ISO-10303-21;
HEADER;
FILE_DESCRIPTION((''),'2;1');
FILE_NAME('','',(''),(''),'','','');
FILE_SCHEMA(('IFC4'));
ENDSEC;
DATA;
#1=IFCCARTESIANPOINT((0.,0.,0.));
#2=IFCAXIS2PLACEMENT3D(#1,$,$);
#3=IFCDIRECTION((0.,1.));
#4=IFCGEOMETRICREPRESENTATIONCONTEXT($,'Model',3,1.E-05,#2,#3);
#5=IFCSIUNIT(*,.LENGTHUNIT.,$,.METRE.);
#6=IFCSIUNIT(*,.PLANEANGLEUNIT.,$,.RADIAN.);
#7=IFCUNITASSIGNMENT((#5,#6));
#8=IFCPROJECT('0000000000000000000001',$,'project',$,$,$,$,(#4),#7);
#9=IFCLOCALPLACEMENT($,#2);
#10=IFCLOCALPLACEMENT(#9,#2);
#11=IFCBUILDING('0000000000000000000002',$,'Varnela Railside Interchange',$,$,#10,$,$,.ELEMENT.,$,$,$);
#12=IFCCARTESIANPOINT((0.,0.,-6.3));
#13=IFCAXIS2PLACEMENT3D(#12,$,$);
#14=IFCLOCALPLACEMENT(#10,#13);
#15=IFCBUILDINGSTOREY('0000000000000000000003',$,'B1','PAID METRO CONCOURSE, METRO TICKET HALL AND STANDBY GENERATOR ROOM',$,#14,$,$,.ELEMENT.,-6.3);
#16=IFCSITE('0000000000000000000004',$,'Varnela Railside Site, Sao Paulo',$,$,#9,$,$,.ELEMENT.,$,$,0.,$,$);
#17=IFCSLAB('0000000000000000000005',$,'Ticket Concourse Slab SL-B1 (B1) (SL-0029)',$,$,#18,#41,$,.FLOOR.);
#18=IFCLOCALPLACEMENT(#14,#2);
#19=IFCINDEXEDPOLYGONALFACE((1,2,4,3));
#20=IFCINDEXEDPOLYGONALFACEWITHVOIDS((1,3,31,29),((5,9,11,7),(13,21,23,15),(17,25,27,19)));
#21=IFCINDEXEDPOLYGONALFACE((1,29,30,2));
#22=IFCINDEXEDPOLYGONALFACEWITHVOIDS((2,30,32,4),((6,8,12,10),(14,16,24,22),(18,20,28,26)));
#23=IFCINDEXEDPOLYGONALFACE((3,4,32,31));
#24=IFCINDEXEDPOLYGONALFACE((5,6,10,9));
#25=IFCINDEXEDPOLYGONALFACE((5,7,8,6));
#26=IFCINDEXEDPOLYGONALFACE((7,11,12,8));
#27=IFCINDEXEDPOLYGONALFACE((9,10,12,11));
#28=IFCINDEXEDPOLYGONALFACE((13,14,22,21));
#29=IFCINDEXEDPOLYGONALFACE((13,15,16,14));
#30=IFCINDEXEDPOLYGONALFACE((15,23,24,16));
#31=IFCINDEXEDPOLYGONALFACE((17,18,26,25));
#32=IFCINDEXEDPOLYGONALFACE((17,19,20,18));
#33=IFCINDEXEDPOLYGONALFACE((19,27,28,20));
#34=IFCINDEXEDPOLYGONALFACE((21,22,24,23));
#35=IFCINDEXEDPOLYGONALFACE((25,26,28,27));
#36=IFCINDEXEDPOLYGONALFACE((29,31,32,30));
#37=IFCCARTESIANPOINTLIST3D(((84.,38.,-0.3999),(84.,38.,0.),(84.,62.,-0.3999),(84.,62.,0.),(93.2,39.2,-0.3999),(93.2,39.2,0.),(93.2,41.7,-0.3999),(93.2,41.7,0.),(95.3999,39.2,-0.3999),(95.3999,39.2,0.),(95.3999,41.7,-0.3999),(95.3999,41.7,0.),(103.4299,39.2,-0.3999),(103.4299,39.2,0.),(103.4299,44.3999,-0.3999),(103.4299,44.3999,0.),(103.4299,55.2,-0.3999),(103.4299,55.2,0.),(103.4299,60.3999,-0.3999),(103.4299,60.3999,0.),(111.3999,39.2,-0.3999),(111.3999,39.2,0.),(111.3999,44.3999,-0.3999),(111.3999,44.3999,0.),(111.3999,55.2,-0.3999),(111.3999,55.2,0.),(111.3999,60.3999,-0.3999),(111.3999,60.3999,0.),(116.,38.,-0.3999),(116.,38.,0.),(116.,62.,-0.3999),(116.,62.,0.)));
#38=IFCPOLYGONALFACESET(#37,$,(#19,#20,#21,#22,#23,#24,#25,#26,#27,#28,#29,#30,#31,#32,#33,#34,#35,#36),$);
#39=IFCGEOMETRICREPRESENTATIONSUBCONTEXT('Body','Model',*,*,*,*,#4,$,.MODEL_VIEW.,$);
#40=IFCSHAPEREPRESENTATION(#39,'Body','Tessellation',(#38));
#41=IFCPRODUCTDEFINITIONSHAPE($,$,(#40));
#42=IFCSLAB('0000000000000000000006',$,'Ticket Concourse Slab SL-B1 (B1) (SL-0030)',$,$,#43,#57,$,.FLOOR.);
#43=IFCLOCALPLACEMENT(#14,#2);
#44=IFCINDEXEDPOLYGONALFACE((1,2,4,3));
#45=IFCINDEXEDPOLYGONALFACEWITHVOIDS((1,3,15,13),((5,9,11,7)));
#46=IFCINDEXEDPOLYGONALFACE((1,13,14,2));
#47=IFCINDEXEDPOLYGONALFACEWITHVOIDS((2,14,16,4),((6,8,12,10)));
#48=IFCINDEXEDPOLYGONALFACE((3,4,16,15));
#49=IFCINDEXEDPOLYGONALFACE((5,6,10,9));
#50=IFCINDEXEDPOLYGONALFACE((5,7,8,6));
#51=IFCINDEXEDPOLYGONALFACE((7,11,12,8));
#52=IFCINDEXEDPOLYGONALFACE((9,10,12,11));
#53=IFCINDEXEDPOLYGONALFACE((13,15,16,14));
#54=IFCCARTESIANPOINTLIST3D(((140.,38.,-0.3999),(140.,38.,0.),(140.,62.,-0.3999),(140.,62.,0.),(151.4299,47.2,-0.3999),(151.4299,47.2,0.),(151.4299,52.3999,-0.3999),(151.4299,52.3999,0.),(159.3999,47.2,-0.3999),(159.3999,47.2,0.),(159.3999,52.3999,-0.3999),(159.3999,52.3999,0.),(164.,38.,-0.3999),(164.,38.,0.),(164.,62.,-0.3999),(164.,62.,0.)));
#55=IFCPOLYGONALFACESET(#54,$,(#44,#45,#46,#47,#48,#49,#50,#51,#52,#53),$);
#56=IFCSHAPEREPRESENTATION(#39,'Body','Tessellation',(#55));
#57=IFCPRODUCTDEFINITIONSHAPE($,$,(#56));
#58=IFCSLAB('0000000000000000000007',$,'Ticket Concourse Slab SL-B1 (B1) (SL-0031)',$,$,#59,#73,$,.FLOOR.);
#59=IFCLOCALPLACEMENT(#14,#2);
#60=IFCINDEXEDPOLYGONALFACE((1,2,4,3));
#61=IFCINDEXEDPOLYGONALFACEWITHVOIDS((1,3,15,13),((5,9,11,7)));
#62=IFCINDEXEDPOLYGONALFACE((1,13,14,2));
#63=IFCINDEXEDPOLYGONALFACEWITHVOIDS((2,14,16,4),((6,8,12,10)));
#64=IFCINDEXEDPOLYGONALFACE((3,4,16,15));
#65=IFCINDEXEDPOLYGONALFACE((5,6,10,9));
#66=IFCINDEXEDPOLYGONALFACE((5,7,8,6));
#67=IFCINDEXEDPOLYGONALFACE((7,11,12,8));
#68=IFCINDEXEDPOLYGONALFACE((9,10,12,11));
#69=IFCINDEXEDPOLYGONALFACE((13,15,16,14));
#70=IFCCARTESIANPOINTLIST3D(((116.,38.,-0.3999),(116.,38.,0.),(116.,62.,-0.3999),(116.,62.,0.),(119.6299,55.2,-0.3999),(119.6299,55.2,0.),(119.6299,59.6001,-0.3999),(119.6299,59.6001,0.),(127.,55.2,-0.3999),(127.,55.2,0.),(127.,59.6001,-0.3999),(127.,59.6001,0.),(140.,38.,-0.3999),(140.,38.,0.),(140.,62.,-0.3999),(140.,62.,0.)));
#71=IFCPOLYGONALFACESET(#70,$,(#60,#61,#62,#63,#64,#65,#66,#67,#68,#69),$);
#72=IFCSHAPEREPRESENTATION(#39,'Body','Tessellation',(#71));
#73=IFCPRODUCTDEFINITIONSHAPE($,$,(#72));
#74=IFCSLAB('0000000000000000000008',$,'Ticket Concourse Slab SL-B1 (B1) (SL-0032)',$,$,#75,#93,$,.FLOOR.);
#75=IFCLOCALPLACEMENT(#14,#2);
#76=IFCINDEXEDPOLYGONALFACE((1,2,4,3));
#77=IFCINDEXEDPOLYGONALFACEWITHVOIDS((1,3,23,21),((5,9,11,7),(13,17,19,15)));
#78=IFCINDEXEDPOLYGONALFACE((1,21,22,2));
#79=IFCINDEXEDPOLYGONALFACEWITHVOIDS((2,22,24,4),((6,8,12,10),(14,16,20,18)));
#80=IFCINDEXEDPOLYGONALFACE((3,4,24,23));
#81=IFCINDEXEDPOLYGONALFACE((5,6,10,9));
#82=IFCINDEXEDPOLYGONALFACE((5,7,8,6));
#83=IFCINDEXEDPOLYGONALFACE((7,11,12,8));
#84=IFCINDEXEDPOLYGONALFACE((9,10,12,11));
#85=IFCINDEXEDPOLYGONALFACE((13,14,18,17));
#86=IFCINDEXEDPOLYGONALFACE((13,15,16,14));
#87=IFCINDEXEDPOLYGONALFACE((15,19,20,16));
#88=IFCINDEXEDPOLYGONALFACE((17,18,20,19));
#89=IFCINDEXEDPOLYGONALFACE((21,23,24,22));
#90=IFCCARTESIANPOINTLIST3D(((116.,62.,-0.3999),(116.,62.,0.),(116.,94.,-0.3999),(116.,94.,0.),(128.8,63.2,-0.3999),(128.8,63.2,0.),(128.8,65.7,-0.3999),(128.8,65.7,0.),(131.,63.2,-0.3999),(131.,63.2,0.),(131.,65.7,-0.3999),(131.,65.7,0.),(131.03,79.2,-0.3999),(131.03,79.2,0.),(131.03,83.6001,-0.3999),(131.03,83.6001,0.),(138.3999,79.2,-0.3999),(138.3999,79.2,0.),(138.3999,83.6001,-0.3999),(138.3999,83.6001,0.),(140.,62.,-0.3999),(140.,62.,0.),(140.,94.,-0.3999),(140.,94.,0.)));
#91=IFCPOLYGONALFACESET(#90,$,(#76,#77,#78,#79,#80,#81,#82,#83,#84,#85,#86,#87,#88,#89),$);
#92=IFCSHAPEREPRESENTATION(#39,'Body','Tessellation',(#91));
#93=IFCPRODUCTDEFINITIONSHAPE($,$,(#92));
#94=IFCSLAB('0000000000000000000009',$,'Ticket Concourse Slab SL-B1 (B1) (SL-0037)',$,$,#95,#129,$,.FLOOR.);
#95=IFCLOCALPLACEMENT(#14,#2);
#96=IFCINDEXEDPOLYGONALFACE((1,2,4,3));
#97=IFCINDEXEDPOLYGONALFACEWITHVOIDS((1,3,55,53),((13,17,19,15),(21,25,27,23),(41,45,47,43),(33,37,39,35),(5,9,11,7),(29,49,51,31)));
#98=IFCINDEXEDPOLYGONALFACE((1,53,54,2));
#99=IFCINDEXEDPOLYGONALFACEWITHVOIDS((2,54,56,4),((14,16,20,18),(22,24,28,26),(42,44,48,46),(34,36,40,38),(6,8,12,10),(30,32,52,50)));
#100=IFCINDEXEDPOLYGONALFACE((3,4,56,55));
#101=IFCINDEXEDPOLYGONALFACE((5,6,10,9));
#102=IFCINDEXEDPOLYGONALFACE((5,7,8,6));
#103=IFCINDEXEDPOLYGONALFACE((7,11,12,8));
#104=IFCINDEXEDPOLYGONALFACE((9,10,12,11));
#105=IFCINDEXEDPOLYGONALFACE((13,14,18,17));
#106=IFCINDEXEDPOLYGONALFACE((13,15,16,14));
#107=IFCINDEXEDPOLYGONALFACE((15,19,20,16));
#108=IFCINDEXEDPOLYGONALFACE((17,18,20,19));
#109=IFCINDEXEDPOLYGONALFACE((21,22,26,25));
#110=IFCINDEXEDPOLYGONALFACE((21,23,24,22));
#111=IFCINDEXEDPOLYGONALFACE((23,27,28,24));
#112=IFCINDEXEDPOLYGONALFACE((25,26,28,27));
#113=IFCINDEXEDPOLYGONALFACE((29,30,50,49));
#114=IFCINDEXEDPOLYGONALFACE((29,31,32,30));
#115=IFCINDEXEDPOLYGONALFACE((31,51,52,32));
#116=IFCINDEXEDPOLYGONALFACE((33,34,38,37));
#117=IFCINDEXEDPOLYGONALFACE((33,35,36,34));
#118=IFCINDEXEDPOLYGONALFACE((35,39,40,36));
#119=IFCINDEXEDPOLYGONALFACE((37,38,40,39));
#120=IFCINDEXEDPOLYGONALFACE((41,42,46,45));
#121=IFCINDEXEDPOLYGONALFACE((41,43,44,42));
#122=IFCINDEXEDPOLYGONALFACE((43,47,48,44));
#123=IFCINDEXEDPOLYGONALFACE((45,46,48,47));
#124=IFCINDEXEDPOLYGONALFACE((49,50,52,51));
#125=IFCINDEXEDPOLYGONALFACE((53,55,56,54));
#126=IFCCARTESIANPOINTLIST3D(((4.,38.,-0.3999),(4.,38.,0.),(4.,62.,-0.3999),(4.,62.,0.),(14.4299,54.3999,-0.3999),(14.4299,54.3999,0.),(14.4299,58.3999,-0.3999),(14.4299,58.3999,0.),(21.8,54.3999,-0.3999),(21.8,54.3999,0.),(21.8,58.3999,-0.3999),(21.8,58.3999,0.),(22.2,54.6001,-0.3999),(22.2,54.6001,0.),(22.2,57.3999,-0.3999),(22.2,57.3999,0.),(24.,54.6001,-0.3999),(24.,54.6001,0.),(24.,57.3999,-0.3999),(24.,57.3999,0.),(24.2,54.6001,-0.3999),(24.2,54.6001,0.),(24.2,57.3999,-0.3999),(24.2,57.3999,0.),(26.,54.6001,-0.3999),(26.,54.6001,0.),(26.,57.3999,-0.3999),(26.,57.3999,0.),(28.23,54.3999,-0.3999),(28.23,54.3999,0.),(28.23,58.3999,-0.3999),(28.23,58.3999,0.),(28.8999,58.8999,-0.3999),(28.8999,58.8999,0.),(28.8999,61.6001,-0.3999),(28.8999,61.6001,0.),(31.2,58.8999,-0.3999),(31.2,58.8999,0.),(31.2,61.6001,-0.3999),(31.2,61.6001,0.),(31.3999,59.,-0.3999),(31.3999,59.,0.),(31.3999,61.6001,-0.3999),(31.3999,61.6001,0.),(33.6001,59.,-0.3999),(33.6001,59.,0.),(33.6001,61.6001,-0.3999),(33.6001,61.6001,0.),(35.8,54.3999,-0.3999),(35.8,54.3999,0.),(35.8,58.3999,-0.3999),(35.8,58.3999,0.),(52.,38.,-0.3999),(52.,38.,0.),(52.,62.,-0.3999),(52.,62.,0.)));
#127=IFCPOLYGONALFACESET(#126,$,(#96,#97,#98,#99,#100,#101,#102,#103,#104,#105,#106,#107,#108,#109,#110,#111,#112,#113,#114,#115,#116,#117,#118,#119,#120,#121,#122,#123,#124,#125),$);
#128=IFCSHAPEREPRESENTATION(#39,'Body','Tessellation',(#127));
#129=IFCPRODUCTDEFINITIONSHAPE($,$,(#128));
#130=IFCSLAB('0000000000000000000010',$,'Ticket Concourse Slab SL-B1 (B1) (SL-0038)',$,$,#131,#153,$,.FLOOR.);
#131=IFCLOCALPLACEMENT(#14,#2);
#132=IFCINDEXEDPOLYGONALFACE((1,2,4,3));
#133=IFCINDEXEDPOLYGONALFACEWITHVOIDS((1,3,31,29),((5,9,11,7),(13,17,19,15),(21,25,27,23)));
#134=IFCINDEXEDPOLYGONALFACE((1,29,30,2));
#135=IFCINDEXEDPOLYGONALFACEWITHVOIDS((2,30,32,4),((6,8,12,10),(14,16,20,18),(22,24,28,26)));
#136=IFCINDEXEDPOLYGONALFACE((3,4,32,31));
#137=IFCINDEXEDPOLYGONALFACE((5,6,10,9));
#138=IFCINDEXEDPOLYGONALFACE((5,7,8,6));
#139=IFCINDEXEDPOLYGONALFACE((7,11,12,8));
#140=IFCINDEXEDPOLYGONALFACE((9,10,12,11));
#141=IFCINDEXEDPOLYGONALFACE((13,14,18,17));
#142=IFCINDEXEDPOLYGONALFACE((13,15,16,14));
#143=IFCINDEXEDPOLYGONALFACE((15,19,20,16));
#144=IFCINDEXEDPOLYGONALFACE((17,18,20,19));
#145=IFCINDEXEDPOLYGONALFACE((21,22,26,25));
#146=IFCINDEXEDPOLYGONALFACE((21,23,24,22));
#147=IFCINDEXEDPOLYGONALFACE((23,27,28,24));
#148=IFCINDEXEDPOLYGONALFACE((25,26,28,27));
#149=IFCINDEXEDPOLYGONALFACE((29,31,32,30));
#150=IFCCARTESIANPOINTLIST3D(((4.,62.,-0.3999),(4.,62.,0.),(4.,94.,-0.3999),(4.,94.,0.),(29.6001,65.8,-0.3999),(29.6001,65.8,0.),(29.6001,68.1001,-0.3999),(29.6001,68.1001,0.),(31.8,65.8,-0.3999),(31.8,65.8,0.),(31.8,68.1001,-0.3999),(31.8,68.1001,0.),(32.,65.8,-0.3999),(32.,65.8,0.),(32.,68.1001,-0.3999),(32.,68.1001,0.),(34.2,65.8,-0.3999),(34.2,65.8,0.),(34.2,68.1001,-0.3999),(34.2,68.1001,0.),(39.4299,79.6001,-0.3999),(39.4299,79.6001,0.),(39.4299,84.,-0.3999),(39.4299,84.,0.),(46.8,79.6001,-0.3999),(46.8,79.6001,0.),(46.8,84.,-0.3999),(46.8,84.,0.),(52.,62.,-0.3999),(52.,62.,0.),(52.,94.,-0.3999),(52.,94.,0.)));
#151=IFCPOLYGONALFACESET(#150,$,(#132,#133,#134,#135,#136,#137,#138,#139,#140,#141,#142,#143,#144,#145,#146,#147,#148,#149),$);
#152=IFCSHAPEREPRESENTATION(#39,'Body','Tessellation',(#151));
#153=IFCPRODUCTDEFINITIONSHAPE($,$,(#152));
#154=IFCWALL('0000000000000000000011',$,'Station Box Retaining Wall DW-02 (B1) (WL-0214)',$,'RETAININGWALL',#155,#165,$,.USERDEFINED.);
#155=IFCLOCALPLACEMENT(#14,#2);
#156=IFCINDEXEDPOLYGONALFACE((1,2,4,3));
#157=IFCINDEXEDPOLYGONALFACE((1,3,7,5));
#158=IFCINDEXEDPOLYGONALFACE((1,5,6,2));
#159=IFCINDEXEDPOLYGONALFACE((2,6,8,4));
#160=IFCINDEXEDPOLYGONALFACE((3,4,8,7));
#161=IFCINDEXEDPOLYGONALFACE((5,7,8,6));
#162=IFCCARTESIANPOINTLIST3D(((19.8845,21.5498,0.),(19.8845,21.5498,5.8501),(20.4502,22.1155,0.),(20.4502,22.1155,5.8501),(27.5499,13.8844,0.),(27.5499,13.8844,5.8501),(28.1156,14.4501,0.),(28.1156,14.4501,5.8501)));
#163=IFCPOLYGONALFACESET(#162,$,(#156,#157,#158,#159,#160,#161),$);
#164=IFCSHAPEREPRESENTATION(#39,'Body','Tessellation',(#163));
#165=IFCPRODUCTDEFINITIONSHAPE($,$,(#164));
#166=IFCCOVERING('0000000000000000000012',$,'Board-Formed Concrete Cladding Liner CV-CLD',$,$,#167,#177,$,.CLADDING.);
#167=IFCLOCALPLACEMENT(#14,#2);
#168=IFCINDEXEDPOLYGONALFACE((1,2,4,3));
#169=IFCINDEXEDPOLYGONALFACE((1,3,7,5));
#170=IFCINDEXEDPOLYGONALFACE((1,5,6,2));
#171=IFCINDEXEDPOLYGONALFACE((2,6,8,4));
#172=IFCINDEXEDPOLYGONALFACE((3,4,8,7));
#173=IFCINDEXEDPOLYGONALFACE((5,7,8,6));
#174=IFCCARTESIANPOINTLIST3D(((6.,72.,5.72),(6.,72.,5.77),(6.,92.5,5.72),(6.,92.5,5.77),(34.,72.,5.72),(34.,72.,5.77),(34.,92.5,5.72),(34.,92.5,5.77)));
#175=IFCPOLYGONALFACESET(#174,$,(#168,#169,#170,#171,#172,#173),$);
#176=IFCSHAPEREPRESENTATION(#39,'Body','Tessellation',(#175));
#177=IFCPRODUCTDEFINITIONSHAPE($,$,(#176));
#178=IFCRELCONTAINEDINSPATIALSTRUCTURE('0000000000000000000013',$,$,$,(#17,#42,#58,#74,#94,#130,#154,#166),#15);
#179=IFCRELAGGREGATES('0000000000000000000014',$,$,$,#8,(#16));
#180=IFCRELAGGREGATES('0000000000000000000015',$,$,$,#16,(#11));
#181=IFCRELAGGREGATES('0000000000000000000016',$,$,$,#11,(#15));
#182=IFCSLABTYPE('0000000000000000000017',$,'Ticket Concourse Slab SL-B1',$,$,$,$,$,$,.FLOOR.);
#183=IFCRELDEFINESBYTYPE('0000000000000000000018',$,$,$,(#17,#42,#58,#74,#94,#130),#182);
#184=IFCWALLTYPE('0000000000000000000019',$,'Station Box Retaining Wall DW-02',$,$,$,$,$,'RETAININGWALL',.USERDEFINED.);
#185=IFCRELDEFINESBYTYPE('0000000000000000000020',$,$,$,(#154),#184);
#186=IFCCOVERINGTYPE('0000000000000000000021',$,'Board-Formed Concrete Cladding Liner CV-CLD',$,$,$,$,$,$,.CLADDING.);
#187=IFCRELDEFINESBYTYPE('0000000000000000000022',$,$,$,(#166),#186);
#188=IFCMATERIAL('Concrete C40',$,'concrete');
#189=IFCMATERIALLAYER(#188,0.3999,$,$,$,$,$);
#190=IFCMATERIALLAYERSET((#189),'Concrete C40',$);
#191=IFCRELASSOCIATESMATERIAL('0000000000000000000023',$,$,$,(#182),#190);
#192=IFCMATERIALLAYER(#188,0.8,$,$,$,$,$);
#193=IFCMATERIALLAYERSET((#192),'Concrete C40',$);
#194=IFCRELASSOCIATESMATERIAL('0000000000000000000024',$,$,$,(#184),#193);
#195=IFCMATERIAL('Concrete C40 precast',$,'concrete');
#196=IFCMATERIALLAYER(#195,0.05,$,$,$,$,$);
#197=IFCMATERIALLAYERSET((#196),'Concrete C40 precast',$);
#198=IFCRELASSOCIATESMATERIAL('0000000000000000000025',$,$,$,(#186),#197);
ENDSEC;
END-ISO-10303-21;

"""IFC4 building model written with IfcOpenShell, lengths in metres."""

from ifc_helpers import new_model, si_unit, direction, frame, frame_2d, origin, place, context, subcontext, project, spatial, polyline, rectangle, outline, extrude, material, layer, layer_set, type_object, element, save


model = new_model("IFC4")

# Units and contexts
model_context = context("Model", 3, precision=1e-05, world=origin(), true_north=direction((0.0, 1.0)))
body_context = subcontext(model_context, "Body", "Model", "MODEL_VIEW")
ifc_project = project(units=[si_unit("LENGTHUNIT", "METRE"), si_unit("PLANEANGLEUNIT", "RADIAN")], contexts=[model_context])

# Site, building, storey
site_placement = place(None, origin())
site = spatial("IfcSite", under=ifc_project, at=site_placement, Name="Varnela Railside Site, Sao Paulo", CompositionType="ELEMENT", RefElevation=0.0)
building_placement = place(site_placement, origin())
building = spatial("IfcBuilding", under=site, at=building_placement, Name="Varnela Railside Interchange", CompositionType="ELEMENT")
storey_placement = place(building_placement, frame((0.0, 0.0, -6.3)))
storey = spatial("IfcBuildingStorey", under=building, at=storey_placement, Name="B1", Description="PAID METRO CONCOURSE, METRO TICKET HALL AND STANDBY GENERATOR ROOM", CompositionType="ELEMENT", Elevation=-6.3)

# Shared definitions
ifc_material_1 = material(Name="Concrete C40", Category="concrete")

# Slabs
ifc_layer_1 = layer(ifc_material_1, 0.3999)
ifc_layer_set_1 = layer_set([ifc_layer_1], Name="Concrete C40")
slab_type_1 = type_object("IfcSlabType", Name="Ticket Concourse Slab SL-B1", PredefinedType="FLOOR", material=ifc_layer_set_1)
slab_1_placement = place(storey_placement, frame((0.0, 0.0, -0.3999)))
element("IfcSlab", 1, at=slab_1_placement, inside=storey, type_object=slab_type_1, Name="Ticket Concourse Slab SL-B1 (B1) (SL-0029)", PredefinedType="FLOOR", context=body_context, shape_type="SweptSolid", body=[
    extrude(outline(polyline([(84.0, 38.0), (116.0, 38.0), (116.0, 62.0), (84.0, 62.0), (84.0, 38.0)]), holes=[polyline([(103.4299, 39.2), (111.3999, 39.2), (111.3999, 44.3999), (103.4299, 44.3999), (103.4299, 39.2)]), polyline([(103.4299, 55.2), (111.3999, 55.2), (111.3999, 60.3999), (103.4299, 60.3999), (103.4299, 55.2)]), polyline([(93.2, 39.2), (95.3999, 39.2), (95.3999, 41.7), (93.2, 41.7), (93.2, 39.2)])]), origin(), (0.0, 0.0, 1.0), 0.3999),
])
slab_2_placement = place(storey_placement, frame((0.0, 0.0, -0.3999)))
element("IfcSlab", 2, at=slab_2_placement, inside=storey, type_object=slab_type_1, Name="Ticket Concourse Slab SL-B1 (B1) (SL-0030)", PredefinedType="FLOOR", context=body_context, shape_type="SweptSolid", body=[
    extrude(outline(polyline([(140.0, 38.0), (164.0, 38.0), (164.0, 62.0), (140.0, 62.0), (140.0, 38.0)]), holes=[polyline([(151.4299, 47.2), (159.3999, 47.2), (159.3999, 52.3999), (151.4299, 52.3999), (151.4299, 47.2)])]), origin(), (0.0, 0.0, 1.0), 0.3999),
])
slab_3_placement = place(storey_placement, frame((0.0, 0.0, -0.3999)))
element("IfcSlab", 3, at=slab_3_placement, inside=storey, type_object=slab_type_1, Name="Ticket Concourse Slab SL-B1 (B1) (SL-0031)", PredefinedType="FLOOR", context=body_context, shape_type="SweptSolid", body=[
    extrude(outline(polyline([(116.0, 38.0), (140.0, 38.0), (140.0, 62.0), (116.0, 62.0), (116.0, 38.0)]), holes=[polyline([(119.6299, 55.2), (127.0, 55.2), (127.0, 59.6001), (119.6299, 59.6001), (119.6299, 55.2)])]), origin(), (0.0, 0.0, 1.0), 0.3999),
])
slab_4_placement = place(storey_placement, frame((0.0, 0.0, -0.3999)))
element("IfcSlab", 4, at=slab_4_placement, inside=storey, type_object=slab_type_1, Name="Ticket Concourse Slab SL-B1 (B1) (SL-0032)", PredefinedType="FLOOR", context=body_context, shape_type="SweptSolid", body=[
    extrude(outline(polyline([(116.0, 62.0), (140.0, 62.0), (140.0, 94.0), (116.0, 94.0), (116.0, 62.0)]), holes=[polyline([(131.03, 79.2), (138.3999, 79.2), (138.3999, 83.6001), (131.03, 83.6001), (131.03, 79.2)]), polyline([(128.8, 63.2), (131.0, 63.2), (131.0, 65.7), (128.8, 65.7), (128.8, 63.2)])]), origin(), (0.0, 0.0, 1.0), 0.3999),
])
slab_5_placement = place(storey_placement, frame((0.0, 0.0, -0.3999)))
element("IfcSlab", 5, at=slab_5_placement, inside=storey, type_object=slab_type_1, Name="Ticket Concourse Slab SL-B1 (B1) (SL-0037)", PredefinedType="FLOOR", context=body_context, shape_type="SweptSolid", body=[
    extrude(outline(polyline([(4.0, 38.0), (52.0, 38.0), (52.0, 62.0), (4.0, 62.0), (4.0, 38.0)]), holes=[polyline([(14.4299, 54.3999), (21.8, 54.3999), (21.8, 58.3999), (14.4299, 58.3999), (14.4299, 54.3999)]), polyline([(28.23, 54.3999), (35.8, 54.3999), (35.8, 58.3999), (28.23, 58.3999), (28.23, 54.3999)]), polyline([(22.2, 54.6001), (24.0, 54.6001), (24.0, 57.3999), (22.2, 57.3999), (22.2, 54.6001)]), polyline([(24.2, 54.6001), (26.0, 54.6001), (26.0, 57.3999), (24.2, 57.3999), (24.2, 54.6001)]), polyline([(31.3999, 59.0), (33.6001, 59.0), (33.6001, 61.6001), (31.3999, 61.6001), (31.3999, 59.0)]), polyline([(28.8999, 58.8999), (31.2, 58.8999), (31.2, 61.6001), (28.8999, 61.6001), (28.8999, 58.8999)])]), origin(), (0.0, 0.0, 1.0), 0.3999),
])
slab_6_placement = place(storey_placement, frame((0.0, 0.0, -0.3999)))
element("IfcSlab", 6, at=slab_6_placement, inside=storey, type_object=slab_type_1, Name="Ticket Concourse Slab SL-B1 (B1) (SL-0038)", PredefinedType="FLOOR", context=body_context, shape_type="SweptSolid", body=[
    extrude(outline(polyline([(4.0, 62.0), (52.0, 62.0), (52.0, 94.0), (4.0, 94.0), (4.0, 62.0)]), holes=[polyline([(39.4299, 79.6001), (46.8, 79.6001), (46.8, 84.0), (39.4299, 84.0), (39.4299, 79.6001)]), polyline([(29.6001, 65.8), (31.8, 65.8), (31.8, 68.1001), (29.6001, 68.1001), (29.6001, 65.8)]), polyline([(32.0, 65.8), (34.2, 65.8), (34.2, 68.1001), (32.0, 68.1001), (32.0, 65.8)])]), origin(), (0.0, 0.0, 1.0), 0.3999),
])

# Wall
ifc_layer_2 = layer(ifc_material_1, 0.8)
ifc_layer_set_2 = layer_set([ifc_layer_2], Name="Concrete C40")
wall_type = type_object("IfcWallType", Name="Station Box Retaining Wall DW-02", ElementType="RETAININGWALL", PredefinedType="USERDEFINED", material=ifc_layer_set_2)
wall_placement = place(storey_placement, frame((20.1672, 21.8328, 0.0), z_axis=(0.0, 0.0, 1.0), x_axis=(0.707107, -0.707107, 0.0)))
element("IfcWall", 7, at=wall_placement, inside=storey, type_object=wall_type, Name="Station Box Retaining Wall DW-02 (B1) (WL-0214)", ObjectType="RETAININGWALL", PredefinedType="USERDEFINED", context=body_context, shape_type="SweptSolid", body=[
    extrude(rectangle(XDim=10.8406, YDim=0.8, at=frame_2d((5.4204, 0.0))), origin(), (0.0, 0.0, 1.0), 5.8501),
])

# Covering
ifc_material_2 = material(Name="Concrete C40 precast", Category="concrete")
ifc_layer_3 = layer(ifc_material_2, 0.05)
ifc_layer_set_3 = layer_set([ifc_layer_3], Name="Concrete C40 precast")
covering_type_1 = type_object("IfcCoveringType", Name="Board-Formed Concrete Cladding Liner CV-CLD", PredefinedType="CLADDING", material=ifc_layer_set_3)
covering_1_placement = place(storey_placement, frame((0.0, 0.0, 5.72)))
element("IfcCovering", 8, at=covering_1_placement, inside=storey, type_object=covering_type_1, Name="Board-Formed Concrete Cladding Liner CV-CLD", PredefinedType="CLADDING", context=body_context, shape_type="SweptSolid", body=[
    extrude(outline(polyline([(6.0, 72.0), (34.0, 72.0), (34.0, 92.5), (6.0, 92.5), (6.0, 72.0)])), origin(), (0.0, 0.0, 1.0), 0.05),
])

save(model, "model.ifc")
